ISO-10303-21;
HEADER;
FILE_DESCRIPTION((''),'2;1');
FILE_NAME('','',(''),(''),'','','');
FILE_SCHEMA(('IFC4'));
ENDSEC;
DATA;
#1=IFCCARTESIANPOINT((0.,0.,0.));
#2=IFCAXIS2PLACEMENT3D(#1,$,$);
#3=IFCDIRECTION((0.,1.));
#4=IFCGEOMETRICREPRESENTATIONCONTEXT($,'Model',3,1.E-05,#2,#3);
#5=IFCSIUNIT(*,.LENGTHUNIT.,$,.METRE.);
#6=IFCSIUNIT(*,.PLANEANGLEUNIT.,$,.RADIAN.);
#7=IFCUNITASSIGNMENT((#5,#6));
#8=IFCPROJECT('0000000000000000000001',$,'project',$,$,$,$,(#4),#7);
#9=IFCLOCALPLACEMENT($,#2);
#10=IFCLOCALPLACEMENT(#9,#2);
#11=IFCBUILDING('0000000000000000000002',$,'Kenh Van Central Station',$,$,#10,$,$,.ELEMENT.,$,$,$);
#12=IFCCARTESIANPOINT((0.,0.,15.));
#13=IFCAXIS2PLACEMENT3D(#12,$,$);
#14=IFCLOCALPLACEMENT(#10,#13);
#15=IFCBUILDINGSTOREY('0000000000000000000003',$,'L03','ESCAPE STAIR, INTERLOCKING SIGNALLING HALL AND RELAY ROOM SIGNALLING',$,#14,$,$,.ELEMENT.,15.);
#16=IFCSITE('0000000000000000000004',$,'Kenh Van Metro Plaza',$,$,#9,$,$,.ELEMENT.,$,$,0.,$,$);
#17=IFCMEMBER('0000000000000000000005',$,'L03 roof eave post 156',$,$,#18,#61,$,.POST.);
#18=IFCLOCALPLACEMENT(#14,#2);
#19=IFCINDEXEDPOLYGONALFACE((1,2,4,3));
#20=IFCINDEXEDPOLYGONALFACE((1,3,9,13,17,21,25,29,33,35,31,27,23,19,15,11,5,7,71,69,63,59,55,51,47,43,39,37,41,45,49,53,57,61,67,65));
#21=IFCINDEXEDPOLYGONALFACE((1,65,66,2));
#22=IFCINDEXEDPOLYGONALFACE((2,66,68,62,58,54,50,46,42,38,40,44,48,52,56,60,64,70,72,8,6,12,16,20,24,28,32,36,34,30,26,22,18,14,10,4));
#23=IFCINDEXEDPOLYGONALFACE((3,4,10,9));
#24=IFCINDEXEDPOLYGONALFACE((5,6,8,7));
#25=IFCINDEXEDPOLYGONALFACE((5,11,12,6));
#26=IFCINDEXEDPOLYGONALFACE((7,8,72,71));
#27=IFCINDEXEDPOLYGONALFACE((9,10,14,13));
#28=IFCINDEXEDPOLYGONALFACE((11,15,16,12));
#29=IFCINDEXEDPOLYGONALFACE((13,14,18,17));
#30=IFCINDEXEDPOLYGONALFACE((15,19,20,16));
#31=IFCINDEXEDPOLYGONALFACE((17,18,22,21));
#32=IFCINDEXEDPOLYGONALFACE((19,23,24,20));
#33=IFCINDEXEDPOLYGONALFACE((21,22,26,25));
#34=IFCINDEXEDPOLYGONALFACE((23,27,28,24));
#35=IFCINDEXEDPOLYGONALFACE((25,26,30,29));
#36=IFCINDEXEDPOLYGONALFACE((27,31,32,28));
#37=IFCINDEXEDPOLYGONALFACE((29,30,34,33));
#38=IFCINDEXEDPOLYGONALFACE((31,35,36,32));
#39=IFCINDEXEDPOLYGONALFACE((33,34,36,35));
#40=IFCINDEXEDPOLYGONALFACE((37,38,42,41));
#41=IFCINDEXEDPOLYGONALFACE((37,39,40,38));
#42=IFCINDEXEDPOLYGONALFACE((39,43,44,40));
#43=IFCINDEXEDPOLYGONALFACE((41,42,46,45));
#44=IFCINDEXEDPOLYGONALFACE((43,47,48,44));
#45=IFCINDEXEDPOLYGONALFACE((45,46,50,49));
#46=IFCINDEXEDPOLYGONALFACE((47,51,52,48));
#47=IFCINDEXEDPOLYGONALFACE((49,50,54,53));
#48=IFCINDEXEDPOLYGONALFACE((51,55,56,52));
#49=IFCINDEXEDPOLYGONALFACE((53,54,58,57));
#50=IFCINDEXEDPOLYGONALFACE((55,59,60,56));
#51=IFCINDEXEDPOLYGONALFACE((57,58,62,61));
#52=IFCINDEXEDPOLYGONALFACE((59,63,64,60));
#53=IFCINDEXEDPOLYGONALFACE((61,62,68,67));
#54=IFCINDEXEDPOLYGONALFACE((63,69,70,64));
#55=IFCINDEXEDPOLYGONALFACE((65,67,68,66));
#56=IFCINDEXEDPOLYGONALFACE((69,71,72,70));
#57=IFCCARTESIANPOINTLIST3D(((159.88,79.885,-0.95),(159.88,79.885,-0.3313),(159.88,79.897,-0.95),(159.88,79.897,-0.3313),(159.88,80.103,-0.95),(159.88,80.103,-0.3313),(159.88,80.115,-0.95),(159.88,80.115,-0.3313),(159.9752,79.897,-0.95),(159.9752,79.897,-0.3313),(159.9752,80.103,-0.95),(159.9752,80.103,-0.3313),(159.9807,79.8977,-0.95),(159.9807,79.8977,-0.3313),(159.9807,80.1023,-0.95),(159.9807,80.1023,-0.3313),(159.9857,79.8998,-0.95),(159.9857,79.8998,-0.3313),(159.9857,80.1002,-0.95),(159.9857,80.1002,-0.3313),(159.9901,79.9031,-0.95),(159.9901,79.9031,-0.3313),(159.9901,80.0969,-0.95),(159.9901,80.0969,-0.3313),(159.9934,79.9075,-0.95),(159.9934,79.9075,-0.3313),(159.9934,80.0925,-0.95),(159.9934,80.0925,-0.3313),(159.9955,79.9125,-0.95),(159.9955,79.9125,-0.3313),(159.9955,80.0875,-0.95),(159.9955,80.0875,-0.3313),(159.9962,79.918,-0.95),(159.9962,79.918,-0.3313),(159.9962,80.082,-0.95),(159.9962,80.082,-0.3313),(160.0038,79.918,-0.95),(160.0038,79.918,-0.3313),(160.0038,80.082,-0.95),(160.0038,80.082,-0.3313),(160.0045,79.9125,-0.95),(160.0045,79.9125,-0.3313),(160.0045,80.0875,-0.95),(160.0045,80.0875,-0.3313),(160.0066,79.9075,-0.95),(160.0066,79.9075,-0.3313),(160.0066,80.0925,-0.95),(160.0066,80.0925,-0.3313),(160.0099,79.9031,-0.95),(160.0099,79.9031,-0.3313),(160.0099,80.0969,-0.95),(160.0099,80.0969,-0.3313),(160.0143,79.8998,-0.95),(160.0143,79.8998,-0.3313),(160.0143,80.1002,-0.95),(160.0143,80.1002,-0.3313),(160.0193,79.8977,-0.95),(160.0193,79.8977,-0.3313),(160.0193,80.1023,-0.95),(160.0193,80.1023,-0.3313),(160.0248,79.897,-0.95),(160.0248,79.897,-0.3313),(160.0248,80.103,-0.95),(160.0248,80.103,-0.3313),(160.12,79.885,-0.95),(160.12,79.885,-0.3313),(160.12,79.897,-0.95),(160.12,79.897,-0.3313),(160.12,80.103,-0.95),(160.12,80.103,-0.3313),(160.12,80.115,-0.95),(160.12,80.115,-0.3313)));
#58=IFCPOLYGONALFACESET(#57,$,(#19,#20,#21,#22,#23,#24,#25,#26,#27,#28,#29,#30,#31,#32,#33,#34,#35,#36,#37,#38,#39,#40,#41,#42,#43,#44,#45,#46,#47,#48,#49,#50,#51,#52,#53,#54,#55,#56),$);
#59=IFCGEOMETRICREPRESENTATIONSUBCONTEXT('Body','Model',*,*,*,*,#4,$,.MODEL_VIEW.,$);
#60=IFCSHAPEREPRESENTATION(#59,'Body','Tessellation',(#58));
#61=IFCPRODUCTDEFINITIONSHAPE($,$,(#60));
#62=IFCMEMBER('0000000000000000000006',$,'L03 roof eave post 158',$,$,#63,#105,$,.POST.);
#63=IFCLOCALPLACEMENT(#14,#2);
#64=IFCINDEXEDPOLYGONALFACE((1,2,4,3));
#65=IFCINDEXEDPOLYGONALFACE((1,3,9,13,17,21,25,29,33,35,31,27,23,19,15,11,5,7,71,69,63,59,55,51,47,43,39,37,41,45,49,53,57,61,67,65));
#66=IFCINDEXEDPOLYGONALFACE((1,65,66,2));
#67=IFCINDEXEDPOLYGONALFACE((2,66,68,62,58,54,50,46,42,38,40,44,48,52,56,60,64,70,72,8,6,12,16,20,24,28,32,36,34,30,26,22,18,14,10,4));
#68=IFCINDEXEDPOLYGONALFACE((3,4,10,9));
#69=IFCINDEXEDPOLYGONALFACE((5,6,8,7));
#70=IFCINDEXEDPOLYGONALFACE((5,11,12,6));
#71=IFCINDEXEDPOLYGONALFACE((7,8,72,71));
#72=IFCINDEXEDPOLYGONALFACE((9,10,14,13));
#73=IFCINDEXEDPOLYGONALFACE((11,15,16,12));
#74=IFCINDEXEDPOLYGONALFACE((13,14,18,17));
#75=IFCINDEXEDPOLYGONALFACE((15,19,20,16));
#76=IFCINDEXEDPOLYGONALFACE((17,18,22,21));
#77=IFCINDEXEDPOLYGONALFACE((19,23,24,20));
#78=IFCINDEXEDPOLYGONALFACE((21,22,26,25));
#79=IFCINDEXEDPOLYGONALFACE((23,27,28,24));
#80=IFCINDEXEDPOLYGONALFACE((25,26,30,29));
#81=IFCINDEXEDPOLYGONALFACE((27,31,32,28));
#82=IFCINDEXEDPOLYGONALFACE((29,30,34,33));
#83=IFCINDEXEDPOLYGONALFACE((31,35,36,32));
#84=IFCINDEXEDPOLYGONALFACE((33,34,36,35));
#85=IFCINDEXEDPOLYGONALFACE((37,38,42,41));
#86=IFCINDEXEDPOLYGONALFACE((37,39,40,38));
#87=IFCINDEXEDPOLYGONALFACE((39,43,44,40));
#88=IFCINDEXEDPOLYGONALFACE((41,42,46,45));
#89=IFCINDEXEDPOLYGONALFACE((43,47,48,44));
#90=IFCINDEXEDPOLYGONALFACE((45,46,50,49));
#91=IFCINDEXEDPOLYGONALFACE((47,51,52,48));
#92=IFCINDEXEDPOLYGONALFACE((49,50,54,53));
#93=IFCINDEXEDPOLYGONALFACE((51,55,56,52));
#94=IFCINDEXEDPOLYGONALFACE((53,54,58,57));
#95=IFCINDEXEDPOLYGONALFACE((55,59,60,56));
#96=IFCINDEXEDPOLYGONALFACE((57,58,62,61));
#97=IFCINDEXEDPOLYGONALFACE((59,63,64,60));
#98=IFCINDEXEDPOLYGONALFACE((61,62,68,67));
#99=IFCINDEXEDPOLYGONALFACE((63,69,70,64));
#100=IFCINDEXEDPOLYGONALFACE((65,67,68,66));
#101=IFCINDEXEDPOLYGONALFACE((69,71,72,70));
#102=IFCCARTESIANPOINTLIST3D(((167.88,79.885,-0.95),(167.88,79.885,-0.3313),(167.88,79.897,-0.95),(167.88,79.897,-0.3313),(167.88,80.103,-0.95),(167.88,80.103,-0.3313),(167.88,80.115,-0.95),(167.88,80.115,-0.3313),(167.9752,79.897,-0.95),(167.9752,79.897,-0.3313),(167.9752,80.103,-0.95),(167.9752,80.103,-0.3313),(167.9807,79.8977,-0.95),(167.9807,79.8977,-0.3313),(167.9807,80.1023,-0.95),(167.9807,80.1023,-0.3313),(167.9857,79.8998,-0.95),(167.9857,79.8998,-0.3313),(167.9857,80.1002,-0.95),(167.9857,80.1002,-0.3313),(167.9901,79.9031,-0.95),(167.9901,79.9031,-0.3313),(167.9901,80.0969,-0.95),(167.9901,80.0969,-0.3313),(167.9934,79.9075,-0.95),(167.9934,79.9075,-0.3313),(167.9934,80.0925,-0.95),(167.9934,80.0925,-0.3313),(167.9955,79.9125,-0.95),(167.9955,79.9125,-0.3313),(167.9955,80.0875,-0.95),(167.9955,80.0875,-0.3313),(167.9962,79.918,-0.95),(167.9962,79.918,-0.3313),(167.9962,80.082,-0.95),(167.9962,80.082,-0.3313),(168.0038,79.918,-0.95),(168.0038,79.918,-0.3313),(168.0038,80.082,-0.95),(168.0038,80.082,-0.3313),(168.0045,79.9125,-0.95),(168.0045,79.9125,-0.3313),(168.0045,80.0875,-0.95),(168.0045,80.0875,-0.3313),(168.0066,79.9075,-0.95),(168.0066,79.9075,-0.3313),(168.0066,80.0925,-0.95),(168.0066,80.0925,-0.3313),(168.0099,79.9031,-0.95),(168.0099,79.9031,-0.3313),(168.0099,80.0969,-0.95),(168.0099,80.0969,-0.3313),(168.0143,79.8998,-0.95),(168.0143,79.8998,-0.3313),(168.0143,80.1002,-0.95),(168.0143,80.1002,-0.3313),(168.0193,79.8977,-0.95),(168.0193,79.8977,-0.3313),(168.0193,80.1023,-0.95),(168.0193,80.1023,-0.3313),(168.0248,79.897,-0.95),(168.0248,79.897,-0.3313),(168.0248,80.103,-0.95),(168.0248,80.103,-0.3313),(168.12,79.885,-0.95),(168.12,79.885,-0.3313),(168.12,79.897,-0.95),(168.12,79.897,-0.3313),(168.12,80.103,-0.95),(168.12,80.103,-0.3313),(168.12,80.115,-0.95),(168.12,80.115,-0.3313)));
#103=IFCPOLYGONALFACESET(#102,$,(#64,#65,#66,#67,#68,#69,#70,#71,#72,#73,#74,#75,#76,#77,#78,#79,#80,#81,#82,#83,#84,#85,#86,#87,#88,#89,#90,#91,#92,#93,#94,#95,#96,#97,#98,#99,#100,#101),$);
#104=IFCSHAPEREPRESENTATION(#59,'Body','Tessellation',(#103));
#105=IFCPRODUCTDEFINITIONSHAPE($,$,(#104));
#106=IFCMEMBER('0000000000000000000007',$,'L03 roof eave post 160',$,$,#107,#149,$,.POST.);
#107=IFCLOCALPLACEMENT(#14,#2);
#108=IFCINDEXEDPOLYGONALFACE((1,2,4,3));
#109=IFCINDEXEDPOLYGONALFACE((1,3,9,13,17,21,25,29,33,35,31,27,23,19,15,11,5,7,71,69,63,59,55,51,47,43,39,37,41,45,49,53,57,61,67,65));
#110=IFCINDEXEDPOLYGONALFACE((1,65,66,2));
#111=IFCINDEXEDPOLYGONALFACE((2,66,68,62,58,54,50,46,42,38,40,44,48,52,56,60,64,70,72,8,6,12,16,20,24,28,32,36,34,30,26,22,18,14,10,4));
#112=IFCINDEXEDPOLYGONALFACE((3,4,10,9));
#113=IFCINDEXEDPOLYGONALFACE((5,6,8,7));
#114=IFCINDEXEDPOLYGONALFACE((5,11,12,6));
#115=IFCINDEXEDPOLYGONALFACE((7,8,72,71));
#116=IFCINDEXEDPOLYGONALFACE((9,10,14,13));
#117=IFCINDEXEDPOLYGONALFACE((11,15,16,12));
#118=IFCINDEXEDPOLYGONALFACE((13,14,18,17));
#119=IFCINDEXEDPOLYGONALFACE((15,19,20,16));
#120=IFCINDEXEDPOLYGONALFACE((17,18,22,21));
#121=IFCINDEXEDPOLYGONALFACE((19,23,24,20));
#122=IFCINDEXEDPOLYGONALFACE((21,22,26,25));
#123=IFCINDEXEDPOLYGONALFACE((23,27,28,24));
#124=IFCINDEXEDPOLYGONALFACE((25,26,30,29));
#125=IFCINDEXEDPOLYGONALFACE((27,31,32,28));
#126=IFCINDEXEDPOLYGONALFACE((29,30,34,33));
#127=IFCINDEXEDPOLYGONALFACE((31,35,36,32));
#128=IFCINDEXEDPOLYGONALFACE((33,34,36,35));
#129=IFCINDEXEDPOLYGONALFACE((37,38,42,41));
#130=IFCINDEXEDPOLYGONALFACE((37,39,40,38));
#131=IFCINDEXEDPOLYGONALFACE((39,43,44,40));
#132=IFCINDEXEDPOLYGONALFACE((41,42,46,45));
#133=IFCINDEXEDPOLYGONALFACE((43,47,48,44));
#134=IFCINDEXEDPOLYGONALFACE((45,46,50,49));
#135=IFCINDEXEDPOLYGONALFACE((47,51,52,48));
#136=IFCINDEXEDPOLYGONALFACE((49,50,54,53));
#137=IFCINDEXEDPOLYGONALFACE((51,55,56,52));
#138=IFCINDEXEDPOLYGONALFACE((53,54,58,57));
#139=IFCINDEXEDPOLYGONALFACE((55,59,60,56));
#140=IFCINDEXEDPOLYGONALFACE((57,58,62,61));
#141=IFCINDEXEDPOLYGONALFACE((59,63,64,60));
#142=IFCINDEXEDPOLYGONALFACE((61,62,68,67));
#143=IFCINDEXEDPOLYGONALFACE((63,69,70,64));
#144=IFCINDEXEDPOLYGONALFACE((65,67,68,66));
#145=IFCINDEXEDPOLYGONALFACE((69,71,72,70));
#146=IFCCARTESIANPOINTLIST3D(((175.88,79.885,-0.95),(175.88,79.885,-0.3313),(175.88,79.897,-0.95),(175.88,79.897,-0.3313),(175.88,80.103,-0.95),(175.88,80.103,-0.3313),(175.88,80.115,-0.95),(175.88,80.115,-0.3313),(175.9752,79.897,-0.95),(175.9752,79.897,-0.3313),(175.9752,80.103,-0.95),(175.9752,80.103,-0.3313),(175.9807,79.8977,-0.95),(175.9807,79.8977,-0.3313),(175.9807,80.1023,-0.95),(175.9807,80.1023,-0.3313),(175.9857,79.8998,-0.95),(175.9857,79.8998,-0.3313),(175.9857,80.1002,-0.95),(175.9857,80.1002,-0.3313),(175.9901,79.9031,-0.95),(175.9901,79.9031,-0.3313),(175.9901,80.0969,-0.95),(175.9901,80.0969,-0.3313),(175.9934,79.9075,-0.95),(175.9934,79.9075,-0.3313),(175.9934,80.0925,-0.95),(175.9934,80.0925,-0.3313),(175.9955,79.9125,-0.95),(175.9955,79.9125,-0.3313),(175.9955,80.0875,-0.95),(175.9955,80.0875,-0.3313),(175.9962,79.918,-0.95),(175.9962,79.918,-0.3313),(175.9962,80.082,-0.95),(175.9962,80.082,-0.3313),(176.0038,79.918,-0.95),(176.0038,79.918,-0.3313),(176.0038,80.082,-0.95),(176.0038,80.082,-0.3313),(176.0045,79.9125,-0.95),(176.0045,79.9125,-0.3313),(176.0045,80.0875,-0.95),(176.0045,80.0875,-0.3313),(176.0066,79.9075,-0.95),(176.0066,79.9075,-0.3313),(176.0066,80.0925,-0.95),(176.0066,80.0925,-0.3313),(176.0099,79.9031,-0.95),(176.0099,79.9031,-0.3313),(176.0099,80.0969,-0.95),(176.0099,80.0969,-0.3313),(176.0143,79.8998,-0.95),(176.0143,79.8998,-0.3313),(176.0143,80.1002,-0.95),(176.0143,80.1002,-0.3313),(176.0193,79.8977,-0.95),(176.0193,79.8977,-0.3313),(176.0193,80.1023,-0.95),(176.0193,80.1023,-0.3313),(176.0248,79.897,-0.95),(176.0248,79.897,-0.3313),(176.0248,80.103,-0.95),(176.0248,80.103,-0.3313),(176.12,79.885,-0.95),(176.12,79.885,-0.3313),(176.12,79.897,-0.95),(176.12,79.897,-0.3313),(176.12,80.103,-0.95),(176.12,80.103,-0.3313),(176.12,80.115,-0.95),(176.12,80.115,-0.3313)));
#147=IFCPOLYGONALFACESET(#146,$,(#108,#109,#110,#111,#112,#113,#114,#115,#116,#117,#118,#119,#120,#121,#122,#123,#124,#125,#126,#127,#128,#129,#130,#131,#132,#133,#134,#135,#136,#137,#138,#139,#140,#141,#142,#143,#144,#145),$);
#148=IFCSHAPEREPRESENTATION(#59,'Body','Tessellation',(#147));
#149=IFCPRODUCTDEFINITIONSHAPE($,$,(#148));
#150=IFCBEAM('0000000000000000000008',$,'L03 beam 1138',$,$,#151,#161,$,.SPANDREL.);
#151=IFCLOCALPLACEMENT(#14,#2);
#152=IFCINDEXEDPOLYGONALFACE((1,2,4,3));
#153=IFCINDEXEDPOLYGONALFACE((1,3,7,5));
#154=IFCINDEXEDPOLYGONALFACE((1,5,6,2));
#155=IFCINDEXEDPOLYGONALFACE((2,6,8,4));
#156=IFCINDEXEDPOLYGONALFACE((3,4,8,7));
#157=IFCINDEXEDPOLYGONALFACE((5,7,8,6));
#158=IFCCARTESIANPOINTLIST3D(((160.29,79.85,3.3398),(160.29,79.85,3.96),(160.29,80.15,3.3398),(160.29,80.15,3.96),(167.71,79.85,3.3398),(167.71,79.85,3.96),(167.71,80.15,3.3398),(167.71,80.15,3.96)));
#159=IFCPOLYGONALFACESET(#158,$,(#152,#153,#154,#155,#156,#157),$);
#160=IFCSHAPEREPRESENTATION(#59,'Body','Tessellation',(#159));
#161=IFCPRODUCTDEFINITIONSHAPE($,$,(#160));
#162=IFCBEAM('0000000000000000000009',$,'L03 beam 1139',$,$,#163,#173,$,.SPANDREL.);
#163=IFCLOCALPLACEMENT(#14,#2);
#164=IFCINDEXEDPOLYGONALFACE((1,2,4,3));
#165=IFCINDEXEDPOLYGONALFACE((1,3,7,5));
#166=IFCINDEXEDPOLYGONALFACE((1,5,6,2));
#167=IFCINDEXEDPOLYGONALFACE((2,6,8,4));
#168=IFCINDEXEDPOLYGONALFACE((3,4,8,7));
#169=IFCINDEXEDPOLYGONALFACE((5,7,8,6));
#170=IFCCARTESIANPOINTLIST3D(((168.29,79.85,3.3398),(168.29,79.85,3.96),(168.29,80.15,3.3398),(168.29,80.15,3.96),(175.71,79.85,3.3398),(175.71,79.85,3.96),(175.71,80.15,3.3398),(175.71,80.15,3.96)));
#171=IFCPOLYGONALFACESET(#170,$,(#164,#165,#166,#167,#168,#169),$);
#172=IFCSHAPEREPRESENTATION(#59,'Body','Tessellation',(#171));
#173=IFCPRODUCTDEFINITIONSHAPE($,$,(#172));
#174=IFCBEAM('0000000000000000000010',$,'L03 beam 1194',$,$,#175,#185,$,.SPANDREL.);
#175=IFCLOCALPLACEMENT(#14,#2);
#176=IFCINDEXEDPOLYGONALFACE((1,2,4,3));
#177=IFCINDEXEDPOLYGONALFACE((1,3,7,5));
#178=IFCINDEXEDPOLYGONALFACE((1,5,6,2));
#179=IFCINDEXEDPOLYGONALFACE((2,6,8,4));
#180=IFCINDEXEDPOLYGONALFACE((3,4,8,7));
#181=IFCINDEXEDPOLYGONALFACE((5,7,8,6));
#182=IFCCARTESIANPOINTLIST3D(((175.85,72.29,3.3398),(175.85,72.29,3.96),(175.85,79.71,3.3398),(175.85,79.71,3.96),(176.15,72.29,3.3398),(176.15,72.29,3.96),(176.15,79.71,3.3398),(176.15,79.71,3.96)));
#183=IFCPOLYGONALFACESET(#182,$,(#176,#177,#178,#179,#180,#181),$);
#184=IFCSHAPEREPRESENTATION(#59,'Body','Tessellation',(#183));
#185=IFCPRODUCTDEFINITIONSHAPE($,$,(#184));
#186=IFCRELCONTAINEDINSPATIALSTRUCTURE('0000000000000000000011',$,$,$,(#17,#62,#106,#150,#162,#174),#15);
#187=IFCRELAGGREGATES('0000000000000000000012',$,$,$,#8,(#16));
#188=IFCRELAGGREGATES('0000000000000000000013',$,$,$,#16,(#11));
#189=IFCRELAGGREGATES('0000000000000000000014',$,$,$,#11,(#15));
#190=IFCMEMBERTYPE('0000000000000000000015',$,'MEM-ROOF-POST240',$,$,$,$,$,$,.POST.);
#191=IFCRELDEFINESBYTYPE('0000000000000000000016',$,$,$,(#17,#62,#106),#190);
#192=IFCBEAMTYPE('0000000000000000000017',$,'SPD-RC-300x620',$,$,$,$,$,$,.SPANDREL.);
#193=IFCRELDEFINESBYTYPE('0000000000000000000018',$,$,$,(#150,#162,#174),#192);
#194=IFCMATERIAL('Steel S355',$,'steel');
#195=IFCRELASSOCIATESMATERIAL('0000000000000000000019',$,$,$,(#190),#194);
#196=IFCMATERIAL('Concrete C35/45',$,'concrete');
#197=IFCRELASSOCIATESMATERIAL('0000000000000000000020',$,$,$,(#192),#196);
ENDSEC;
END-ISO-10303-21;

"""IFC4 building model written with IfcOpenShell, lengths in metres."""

from ifc_helpers import new_model, si_unit, direction, frame, origin, origin_2d, place, context, subcontext, project, spatial, rectangle, i_section, extrude, material, material_profile, profile_set, type_object, element, save


model = new_model("IFC4")

# Units and contexts
model_context = context("Model", 3, precision=1e-05, world=origin(), true_north=direction((0.0, 1.0)))
body_context = subcontext(model_context, "Body", "Model", "MODEL_VIEW")
ifc_project = project(units=[si_unit("LENGTHUNIT", "METRE"), si_unit("PLANEANGLEUNIT", "RADIAN")], contexts=[model_context])

# Site, building, storey
site_placement = place(None, origin())
site = spatial("IfcSite", under=ifc_project, at=site_placement, Name="Kenh Van Metro Plaza", CompositionType="ELEMENT", RefElevation=0.0)
building_placement = place(site_placement, origin())
building = spatial("IfcBuilding", under=site, at=building_placement, Name="Kenh Van Central Station", CompositionType="ELEMENT")
storey_placement = place(building_placement, frame((0.0, 0.0, 15.0)))
storey = spatial("IfcBuildingStorey", under=building, at=storey_placement, Name="L03", Description="ESCAPE STAIR, INTERLOCKING SIGNALLING HALL AND RELAY ROOM SIGNALLING", CompositionType="ELEMENT", Elevation=15.0)

# Shared definitions
ifc_material_1 = material(Name="Concrete C35/45", Category="concrete")

# Shared definitions
ifc_material_2 = material(Name="Steel S355", Category="steel")

# Members
ifc_material_profile_1 = material_profile(ifc_material_2, i_section(OverallWidth=0.24, OverallDepth=0.23, WebThickness=0.0076, FlangeThickness=0.012, FilletRadius=0.021, at=origin_2d()), Name="HEA 240")
ifc_profile_set_1 = profile_set([ifc_material_profile_1], Name="Steel S355")
member_type = type_object("IfcMemberType", Name="MEM-ROOF-POST240", PredefinedType="POST", material=ifc_profile_set_1)
for number, where, z_axis, x_axis, name in (
    (1, (160.0, 80.0, -0.95), (0.0, 0.0, 1.0), (1.0, 0.0, 0.0), "L03 roof eave post 156"),
    (2, (168.0, 80.0, -0.95), (0.0, 0.0, 1.0), (1.0, 0.0, 0.0), "L03 roof eave post 158"),
    (3, (176.0, 80.0, -0.95), (0.0, 0.0, 1.0), (1.0, 0.0, 0.0), "L03 roof eave post 160"),
):
    element("IfcMember", number, at=place(storey_placement, frame(where, z_axis=z_axis, x_axis=x_axis)), inside=storey, type_object=member_type, Name=name, PredefinedType="POST", context=body_context, shape_type="SweptSolid", body=[
        extrude(i_section(OverallWidth=0.24, OverallDepth=0.23, WebThickness=0.0076, FlangeThickness=0.012, FilletRadius=0.021, at=origin_2d()), origin(), (0.0, 0.0, 1.0), 0.6187),
    ])

# Beams
ifc_material_profile_2 = material_profile(ifc_material_1, rectangle(XDim=0.3, YDim=0.6201, at=origin_2d()), Name="RC 300x620")
ifc_profile_set_2 = profile_set([ifc_material_profile_2], Name="Concrete C35/45")
beam_type_1 = type_object("IfcBeamType", Name="SPD-RC-300x620", PredefinedType="SPANDREL", material=ifc_profile_set_2)
for number, where, z_axis, x_axis, name in (
    (4, (160.29, 80.0, 3.6499), (1.0, 0.0, 0.0), (0.0, 1.0, 0.0), "L03 beam 1138"),
    (5, (168.29, 80.0, 3.6499), (1.0, 0.0, 0.0), (0.0, 1.0, 0.0), "L03 beam 1139"),
    (6, (176.0, 72.29, 3.6499), (0.0, 1.0, 0.0), (-1.0, 0.0, 0.0), "L03 beam 1194"),
):
    element("IfcBeam", number, at=place(storey_placement, frame(where, z_axis=z_axis, x_axis=x_axis)), inside=storey, type_object=beam_type_1, Name=name, PredefinedType="SPANDREL", context=body_context, shape_type="SweptSolid", body=[
        extrude(rectangle(XDim=0.3, YDim=0.6201, at=origin_2d()), origin(), (0.0, 0.0, 1.0), 7.4199),
    ])

save(model, "model.ifc")
